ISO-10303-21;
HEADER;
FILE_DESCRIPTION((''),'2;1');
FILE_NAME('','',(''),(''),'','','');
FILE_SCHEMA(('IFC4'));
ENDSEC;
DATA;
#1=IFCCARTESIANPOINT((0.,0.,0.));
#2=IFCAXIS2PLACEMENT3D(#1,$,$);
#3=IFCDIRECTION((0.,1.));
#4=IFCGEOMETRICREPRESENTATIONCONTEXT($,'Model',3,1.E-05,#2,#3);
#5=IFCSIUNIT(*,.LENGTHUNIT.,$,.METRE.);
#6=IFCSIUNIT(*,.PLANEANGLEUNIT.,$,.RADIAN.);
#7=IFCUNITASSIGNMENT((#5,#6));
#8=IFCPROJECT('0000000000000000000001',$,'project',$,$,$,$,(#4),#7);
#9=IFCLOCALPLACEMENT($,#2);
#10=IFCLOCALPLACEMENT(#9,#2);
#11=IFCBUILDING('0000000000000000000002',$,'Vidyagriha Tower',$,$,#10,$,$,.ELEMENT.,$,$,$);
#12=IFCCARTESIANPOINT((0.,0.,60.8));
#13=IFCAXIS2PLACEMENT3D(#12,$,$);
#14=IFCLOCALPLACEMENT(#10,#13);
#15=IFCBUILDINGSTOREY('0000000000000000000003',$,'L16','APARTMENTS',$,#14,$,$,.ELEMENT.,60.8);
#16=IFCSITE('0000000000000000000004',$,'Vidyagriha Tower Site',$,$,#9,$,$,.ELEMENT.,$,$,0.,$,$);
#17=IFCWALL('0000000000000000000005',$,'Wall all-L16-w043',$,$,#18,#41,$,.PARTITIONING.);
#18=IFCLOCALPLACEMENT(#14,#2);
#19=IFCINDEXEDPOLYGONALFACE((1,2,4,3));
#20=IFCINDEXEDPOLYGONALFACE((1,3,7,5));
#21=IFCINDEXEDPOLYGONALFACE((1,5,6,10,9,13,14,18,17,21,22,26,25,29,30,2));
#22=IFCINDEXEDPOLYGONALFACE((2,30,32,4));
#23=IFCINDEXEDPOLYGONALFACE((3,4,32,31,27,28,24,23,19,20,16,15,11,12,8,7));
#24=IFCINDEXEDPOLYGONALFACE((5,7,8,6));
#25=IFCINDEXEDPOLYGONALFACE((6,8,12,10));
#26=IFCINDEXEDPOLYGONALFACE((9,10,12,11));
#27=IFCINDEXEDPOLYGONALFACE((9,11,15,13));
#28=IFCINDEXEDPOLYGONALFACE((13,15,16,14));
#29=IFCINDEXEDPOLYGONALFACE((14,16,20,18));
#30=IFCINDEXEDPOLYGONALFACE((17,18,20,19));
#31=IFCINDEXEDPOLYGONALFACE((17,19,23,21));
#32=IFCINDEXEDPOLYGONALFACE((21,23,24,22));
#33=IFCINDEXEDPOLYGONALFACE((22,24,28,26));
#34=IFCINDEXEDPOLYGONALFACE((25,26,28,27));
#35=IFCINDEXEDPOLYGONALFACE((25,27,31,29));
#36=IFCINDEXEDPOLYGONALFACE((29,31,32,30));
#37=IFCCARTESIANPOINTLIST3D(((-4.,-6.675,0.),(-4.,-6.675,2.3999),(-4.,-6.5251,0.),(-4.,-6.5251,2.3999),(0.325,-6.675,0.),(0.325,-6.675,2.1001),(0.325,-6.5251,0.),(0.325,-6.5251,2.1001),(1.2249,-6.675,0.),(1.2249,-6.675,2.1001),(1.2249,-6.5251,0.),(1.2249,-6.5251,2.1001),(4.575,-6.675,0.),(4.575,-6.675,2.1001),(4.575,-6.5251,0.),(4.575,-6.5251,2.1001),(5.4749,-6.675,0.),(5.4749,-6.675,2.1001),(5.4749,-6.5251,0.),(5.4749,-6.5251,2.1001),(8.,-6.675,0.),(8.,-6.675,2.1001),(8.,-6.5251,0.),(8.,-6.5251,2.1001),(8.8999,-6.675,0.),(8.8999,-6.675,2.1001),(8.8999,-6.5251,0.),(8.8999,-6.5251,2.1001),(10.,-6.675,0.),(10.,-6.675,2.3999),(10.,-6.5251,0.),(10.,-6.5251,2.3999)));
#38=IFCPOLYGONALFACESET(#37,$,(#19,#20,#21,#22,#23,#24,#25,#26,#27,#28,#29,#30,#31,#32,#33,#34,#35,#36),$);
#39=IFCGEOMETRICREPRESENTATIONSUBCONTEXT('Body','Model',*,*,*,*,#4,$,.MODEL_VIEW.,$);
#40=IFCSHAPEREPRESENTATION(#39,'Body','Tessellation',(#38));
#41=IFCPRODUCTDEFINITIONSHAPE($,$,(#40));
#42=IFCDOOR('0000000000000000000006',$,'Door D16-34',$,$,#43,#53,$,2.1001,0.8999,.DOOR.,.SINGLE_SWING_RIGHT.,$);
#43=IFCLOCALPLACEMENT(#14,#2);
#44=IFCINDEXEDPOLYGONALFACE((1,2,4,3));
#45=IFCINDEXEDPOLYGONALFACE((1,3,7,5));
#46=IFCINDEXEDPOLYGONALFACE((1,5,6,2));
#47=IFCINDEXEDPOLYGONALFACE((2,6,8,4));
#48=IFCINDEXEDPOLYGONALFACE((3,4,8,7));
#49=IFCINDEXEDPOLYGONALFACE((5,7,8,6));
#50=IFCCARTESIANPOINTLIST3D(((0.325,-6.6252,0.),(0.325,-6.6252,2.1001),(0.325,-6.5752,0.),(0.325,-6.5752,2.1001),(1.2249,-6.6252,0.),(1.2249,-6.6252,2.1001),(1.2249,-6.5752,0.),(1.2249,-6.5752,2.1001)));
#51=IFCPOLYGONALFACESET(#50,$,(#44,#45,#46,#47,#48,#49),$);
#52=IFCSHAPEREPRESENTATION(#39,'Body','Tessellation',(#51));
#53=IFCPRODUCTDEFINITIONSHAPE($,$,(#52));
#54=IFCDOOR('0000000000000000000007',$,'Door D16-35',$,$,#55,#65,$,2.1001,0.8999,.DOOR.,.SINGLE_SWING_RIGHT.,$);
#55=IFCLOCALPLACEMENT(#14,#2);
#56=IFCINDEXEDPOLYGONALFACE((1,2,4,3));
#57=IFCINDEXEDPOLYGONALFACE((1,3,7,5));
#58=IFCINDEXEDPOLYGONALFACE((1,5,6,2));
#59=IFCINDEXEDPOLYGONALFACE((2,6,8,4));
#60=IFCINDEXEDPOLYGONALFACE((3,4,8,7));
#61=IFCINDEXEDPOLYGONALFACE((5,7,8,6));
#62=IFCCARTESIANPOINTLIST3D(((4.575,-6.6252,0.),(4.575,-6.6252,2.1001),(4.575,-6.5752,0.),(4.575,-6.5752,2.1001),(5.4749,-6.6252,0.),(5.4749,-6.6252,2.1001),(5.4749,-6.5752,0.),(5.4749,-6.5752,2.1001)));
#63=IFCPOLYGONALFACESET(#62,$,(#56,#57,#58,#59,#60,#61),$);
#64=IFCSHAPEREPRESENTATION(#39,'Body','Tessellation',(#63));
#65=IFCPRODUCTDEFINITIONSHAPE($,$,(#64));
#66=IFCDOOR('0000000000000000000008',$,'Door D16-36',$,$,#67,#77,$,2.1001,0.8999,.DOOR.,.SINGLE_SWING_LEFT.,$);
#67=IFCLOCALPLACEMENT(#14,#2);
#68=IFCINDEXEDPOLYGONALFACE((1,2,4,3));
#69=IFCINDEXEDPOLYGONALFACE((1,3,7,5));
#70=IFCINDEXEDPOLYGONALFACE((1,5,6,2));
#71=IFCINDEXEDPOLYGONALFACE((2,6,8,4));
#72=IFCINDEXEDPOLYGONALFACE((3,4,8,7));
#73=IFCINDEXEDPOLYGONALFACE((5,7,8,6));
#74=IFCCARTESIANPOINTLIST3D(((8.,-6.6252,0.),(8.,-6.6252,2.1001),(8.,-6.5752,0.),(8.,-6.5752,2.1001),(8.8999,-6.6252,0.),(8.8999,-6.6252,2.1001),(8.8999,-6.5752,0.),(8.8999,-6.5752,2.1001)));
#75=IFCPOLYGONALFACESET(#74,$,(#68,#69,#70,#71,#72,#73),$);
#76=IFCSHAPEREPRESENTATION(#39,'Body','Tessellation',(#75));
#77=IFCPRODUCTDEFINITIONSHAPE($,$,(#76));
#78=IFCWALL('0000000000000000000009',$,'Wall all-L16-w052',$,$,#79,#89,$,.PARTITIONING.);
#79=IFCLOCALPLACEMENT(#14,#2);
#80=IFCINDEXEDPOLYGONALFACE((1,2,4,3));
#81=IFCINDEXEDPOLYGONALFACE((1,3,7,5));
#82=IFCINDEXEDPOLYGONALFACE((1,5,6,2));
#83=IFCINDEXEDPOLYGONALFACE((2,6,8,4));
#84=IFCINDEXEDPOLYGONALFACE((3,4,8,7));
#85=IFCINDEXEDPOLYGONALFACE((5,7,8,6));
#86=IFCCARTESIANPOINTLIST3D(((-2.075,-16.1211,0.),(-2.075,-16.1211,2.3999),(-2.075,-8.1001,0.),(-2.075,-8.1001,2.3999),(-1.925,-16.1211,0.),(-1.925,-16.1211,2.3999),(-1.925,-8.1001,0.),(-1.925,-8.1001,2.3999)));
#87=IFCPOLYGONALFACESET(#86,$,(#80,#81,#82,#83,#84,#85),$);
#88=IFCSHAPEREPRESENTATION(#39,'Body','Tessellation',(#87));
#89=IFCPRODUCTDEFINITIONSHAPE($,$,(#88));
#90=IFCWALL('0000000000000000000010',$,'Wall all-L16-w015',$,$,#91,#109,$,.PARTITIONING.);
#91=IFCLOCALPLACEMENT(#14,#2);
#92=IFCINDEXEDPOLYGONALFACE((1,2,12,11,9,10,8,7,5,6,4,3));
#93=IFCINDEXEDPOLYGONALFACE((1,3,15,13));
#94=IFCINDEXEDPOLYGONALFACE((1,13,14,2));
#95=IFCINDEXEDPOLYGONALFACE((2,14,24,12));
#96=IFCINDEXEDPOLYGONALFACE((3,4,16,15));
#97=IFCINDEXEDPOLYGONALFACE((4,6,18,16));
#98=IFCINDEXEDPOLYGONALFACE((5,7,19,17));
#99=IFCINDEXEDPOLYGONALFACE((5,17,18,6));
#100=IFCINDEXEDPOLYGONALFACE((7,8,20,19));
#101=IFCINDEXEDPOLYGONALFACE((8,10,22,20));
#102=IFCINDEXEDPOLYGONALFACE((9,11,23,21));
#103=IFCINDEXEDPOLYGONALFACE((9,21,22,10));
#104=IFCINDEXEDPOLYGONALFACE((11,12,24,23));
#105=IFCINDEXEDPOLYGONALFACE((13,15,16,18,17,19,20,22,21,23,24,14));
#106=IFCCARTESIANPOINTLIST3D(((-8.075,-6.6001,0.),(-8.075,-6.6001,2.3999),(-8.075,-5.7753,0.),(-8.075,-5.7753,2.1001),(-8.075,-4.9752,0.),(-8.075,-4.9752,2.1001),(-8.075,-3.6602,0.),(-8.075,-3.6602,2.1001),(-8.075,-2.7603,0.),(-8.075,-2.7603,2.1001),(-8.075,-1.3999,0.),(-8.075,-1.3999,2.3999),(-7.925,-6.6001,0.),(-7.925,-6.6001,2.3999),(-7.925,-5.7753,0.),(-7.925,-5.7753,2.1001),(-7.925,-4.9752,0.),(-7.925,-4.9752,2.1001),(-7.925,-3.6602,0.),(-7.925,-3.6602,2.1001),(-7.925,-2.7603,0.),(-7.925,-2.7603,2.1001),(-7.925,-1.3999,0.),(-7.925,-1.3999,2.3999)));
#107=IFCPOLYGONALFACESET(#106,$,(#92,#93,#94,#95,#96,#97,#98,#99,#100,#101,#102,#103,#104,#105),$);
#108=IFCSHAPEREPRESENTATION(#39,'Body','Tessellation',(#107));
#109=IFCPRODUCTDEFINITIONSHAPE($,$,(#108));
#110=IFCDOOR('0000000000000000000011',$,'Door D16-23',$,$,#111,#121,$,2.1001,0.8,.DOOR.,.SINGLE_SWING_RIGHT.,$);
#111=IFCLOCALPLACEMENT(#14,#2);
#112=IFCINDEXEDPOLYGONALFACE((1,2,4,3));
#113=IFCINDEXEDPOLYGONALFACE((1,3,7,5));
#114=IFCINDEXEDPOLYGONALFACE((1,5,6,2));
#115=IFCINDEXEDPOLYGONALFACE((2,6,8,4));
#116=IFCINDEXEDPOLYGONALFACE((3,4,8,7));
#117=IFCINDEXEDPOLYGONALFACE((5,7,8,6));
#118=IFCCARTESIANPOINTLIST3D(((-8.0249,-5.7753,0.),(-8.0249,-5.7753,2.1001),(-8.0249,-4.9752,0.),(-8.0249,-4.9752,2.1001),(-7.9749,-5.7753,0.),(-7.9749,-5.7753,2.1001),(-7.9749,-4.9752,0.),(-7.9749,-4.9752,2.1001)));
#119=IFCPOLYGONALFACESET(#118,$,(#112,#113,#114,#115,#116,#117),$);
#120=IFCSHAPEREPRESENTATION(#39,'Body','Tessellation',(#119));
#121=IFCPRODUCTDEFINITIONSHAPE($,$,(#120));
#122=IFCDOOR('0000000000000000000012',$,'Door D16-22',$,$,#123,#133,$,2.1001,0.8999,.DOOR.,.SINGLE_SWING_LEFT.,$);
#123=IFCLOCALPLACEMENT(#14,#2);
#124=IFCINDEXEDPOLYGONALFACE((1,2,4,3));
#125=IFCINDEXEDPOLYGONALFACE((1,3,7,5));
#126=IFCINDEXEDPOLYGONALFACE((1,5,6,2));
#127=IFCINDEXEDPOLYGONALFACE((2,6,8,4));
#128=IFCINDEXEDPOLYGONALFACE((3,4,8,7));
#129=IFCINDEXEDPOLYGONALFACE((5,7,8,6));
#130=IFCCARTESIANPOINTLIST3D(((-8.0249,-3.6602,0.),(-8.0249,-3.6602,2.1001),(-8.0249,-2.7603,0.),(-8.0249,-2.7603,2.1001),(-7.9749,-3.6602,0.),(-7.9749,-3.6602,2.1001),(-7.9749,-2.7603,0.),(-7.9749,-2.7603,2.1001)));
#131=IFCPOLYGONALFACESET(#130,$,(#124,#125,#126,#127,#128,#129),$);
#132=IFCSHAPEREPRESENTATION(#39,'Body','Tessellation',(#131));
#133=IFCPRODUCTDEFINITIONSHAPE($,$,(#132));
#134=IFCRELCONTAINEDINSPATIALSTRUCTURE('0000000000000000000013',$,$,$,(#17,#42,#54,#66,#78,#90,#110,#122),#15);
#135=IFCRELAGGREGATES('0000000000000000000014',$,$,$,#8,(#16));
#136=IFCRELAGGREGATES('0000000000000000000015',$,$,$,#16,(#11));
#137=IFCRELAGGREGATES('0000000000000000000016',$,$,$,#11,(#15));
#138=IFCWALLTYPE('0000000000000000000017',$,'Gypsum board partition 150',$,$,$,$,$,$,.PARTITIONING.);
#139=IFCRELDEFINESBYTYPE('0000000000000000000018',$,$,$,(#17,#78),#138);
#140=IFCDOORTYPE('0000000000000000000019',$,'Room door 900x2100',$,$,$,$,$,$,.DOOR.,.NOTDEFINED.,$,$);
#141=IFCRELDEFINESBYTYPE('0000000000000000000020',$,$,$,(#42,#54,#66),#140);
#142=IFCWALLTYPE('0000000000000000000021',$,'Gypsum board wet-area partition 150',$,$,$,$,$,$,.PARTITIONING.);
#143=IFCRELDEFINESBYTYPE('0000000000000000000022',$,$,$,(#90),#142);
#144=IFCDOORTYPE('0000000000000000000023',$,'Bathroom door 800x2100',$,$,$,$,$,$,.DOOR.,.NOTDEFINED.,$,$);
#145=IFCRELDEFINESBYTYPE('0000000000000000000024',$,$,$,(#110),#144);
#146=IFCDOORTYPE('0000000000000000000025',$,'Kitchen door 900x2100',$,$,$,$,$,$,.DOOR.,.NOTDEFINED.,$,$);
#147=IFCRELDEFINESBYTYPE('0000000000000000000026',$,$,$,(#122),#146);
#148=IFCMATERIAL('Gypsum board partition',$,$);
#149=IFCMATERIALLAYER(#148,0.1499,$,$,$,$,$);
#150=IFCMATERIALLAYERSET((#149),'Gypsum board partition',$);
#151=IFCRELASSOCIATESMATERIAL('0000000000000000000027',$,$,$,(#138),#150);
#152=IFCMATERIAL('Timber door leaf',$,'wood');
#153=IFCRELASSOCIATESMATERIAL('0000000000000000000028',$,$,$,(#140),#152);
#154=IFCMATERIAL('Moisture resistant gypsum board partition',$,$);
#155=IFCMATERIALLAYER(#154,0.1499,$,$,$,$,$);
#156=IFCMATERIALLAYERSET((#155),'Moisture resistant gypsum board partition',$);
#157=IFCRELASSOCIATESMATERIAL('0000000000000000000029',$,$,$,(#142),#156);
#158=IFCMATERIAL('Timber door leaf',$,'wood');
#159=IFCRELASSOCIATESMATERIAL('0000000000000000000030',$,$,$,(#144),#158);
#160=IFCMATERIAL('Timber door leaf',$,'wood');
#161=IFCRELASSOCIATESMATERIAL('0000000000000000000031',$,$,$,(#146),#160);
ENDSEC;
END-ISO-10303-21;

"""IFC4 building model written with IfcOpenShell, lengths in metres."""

from ifc_helpers import new_model, si_unit, direction, frame, frame_2d, origin, place, context, subcontext, project, spatial, rectangle, extrude, material, layer, layer_set, type_object, element, fill, save


model = new_model("IFC4")

# Units and contexts
model_context = context("Model", 3, precision=1e-05, world=origin(), true_north=direction((0.0, 1.0)))
body_context = subcontext(model_context, "Body", "Model", "MODEL_VIEW")
ifc_project = project(units=[si_unit("LENGTHUNIT", "METRE"), si_unit("PLANEANGLEUNIT", "RADIAN")], contexts=[model_context])

# Site, building, storey
site_placement = place(None, origin())
site = spatial("IfcSite", under=ifc_project, at=site_placement, Name="Vidyagriha Tower Site", CompositionType="ELEMENT", RefElevation=0.0)
building_placement = place(site_placement, origin())
building = spatial("IfcBuilding", under=site, at=building_placement, Name="Vidyagriha Tower", CompositionType="ELEMENT")
storey_placement = place(building_placement, frame((0.0, 0.0, 60.8)))
storey = spatial("IfcBuildingStorey", under=building, at=storey_placement, Name="L16", Description="APARTMENTS", CompositionType="ELEMENT", Elevation=60.8)

# Shared definitions
ifc_material_1 = material(Name="Gypsum board partition")
ifc_layer_1 = layer(ifc_material_1, 0.1499)
ifc_layer_set_1 = layer_set([ifc_layer_1], Name="Gypsum board partition")
wall_type_1 = type_object("IfcWallType", Name="Gypsum board partition 150", PredefinedType="PARTITIONING", material=ifc_layer_set_1)

# Shared definitions
ifc_material_2 = material(Name="Timber door leaf", Category="wood")
door_type_1 = type_object("IfcDoorType", Name="Room door 900x2100", OperationType="NOTDEFINED", PredefinedType="DOOR", material=ifc_material_2)

# Wall, openings, doors
wall_1_placement = place(storey_placement, frame((-4.0, -6.6001, 0.0)))
wall_1 = element("IfcWall", 1, at=wall_1_placement, inside=storey, type_object=wall_type_1, Name="Wall all-L16-w043", PredefinedType="PARTITIONING", context=body_context, shape_type="SweptSolid", body=[
    extrude(rectangle(XDim=14.0, YDim=0.1499, at=frame_2d((7.0, 0.0))), origin(), (0.0, 0.0, 1.0), 2.3999),
])
opening_1_placement = place(wall_1_placement, frame((4.325, 0.0, 0.0)))
opening_1 = element("IfcOpeningElement", 2, at=opening_1_placement, cuts=wall_1, PredefinedType="OPENING", context=body_context, shape_type="SweptSolid", body=[
    extrude(rectangle(XDim=0.8999, YDim=2.1001, at=frame_2d((0.45, 1.05))), frame((0.0, 0.085, 0.0), z_axis=(0.0, -1.0, 0.0), x_axis=(1.0, 0.0, 0.0)), (0.0, 0.0, 1.0), 0.1699),
])
opening_2_placement = place(wall_1_placement, frame((8.575, 0.0, 0.0)))
opening_2 = element("IfcOpeningElement", 3, at=opening_2_placement, cuts=wall_1, PredefinedType="OPENING", context=body_context, shape_type="SweptSolid", body=[
    extrude(rectangle(XDim=0.8999, YDim=2.1001, at=frame_2d((0.45, 1.05))), frame((0.0, 0.085, 0.0), z_axis=(0.0, -1.0, 0.0), x_axis=(1.0, 0.0, 0.0)), (0.0, 0.0, 1.0), 0.1699),
])
opening_3_placement = place(wall_1_placement, frame((12.0, 0.0, 0.0)))
opening_3 = element("IfcOpeningElement", 4, at=opening_3_placement, cuts=wall_1, PredefinedType="OPENING", context=body_context, shape_type="SweptSolid", body=[
    extrude(rectangle(XDim=0.8999, YDim=2.1001, at=frame_2d((0.45, 1.05))), frame((0.0, 0.085, 0.0), z_axis=(0.0, -1.0, 0.0), x_axis=(1.0, 0.0, 0.0)), (0.0, 0.0, 1.0), 0.1699),
])
door_1_placement = place(opening_1_placement, origin())
door_1 = element("IfcDoor", 5, at=door_1_placement, inside=storey, type_object=door_type_1, Name="Door D16-34", OperationType="SINGLE_SWING_RIGHT", OverallHeight=2.1001, OverallWidth=0.8999, PredefinedType="DOOR", context=body_context, shape_type="SweptSolid", body=[
    extrude(rectangle(XDim=0.8999, YDim=2.1001, at=frame_2d((0.45, 1.05))), frame((0.0, 0.0249, 0.0), z_axis=(0.0, -1.0, 0.0), x_axis=(1.0, 0.0, 0.0)), (0.0, 0.0, 1.0), 0.05),
])
fill(opening_1, door_1)
door_2_placement = place(opening_2_placement, origin())
door_2 = element("IfcDoor", 6, at=door_2_placement, inside=storey, type_object=door_type_1, Name="Door D16-35", OperationType="SINGLE_SWING_RIGHT", OverallHeight=2.1001, OverallWidth=0.8999, PredefinedType="DOOR", context=body_context, shape_type="SweptSolid", body=[
    extrude(rectangle(XDim=0.8999, YDim=2.1001, at=frame_2d((0.45, 1.05))), frame((0.0, 0.0249, 0.0), z_axis=(0.0, -1.0, 0.0), x_axis=(1.0, 0.0, 0.0)), (0.0, 0.0, 1.0), 0.05),
])
fill(opening_2, door_2)
door_3_placement = place(opening_3_placement, origin())
door_3 = element("IfcDoor", 7, at=door_3_placement, inside=storey, type_object=door_type_1, Name="Door D16-36", OperationType="SINGLE_SWING_LEFT", OverallHeight=2.1001, OverallWidth=0.8999, PredefinedType="DOOR", context=body_context, shape_type="SweptSolid", body=[
    extrude(rectangle(XDim=0.8999, YDim=2.1001, at=frame_2d((0.45, 1.05))), frame((0.0, 0.0249, 0.0), z_axis=(0.0, -1.0, 0.0), x_axis=(1.0, 0.0, 0.0)), (0.0, 0.0, 1.0), 0.05),
])
fill(opening_3, door_3)

# Wall
wall_2_placement = place(storey_placement, frame((-2.0, -8.1001, 0.0), z_axis=(0.0, 0.0, 1.0), x_axis=(0.0, -1.0, 0.0)))
element("IfcWall", 8, at=wall_2_placement, inside=storey, type_object=wall_type_1, Name="Wall all-L16-w052", PredefinedType="PARTITIONING", context=body_context, shape_type="SweptSolid", body=[
    extrude(rectangle(XDim=8.021, YDim=0.1499, at=frame_2d((4.0105, 0.0))), origin(), (0.0, 0.0, 1.0), 2.3999),
])

# Wall, openings, doors
ifc_material_3 = material(Name="Moisture resistant gypsum board partition")
ifc_layer_2 = layer(ifc_material_3, 0.1499)
ifc_layer_set_2 = layer_set([ifc_layer_2], Name="Moisture resistant gypsum board partition")
wall_type_2 = type_object("IfcWallType", Name="Gypsum board wet-area partition 150", PredefinedType="PARTITIONING", material=ifc_layer_set_2)
wall_3_placement = place(storey_placement, frame((-8.0, -6.6001, 0.0), z_axis=(0.0, 0.0, 1.0), x_axis=(0.0, 1.0, 0.0)))
wall_3 = element("IfcWall", 9, at=wall_3_placement, inside=storey, type_object=wall_type_2, Name="Wall all-L16-w015", PredefinedType="PARTITIONING", context=body_context, shape_type="SweptSolid", body=[
    extrude(rectangle(XDim=5.2002, YDim=0.1499, at=frame_2d((2.6001, 0.0))), origin(), (0.0, 0.0, 1.0), 2.3999),
])
opening_4_placement = place(wall_3_placement, frame((2.9399, 0.0, 0.0)))
opening_4 = element("IfcOpeningElement", 10, at=opening_4_placement, cuts=wall_3, PredefinedType="OPENING", context=body_context, shape_type="SweptSolid", body=[
    extrude(rectangle(XDim=0.8999, YDim=2.1001, at=frame_2d((0.45, 1.05))), frame((0.0, 0.085, 0.0), z_axis=(0.0, -1.0, 0.0), x_axis=(1.0, 0.0, 0.0)), (0.0, 0.0, 1.0), 0.1699),
])
opening_5_placement = place(wall_3_placement, frame((0.825, 0.0, 0.0)))
opening_5 = element("IfcOpeningElement", 11, at=opening_5_placement, cuts=wall_3, PredefinedType="OPENING", context=body_context, shape_type="SweptSolid", body=[
    extrude(rectangle(XDim=0.8, YDim=2.1001, at=frame_2d((0.3999, 1.05))), frame((0.0, 0.085, 0.0), z_axis=(0.0, -1.0, 0.0), x_axis=(1.0, 0.0, 0.0)), (0.0, 0.0, 1.0), 0.1699),
])
ifc_material_4 = material(Name="Timber door leaf", Category="wood")
door_type_2 = type_object("IfcDoorType", Name="Bathroom door 800x2100", OperationType="NOTDEFINED", PredefinedType="DOOR", material=ifc_material_4)
door_4_placement = place(opening_5_placement, origin())
door_4 = element("IfcDoor", 12, at=door_4_placement, inside=storey, type_object=door_type_2, Name="Door D16-23", OperationType="SINGLE_SWING_RIGHT", OverallHeight=2.1001, OverallWidth=0.8, PredefinedType="DOOR", context=body_context, shape_type="SweptSolid", body=[
    extrude(rectangle(XDim=0.8, YDim=2.1001, at=frame_2d((0.3999, 1.05))), frame((0.0, 0.0249, 0.0), z_axis=(0.0, -1.0, 0.0), x_axis=(1.0, 0.0, 0.0)), (0.0, 0.0, 1.0), 0.05),
])
fill(opening_5, door_4)
ifc_material_5 = material(Name="Timber door leaf", Category="wood")
door_type_3 = type_object("IfcDoorType", Name="Kitchen door 900x2100", OperationType="NOTDEFINED", PredefinedType="DOOR", material=ifc_material_5)
door_5_placement = place(opening_4_placement, origin())
door_5 = element("IfcDoor", 13, at=door_5_placement, inside=storey, type_object=door_type_3, Name="Door D16-22", OperationType="SINGLE_SWING_LEFT", OverallHeight=2.1001, OverallWidth=0.8999, PredefinedType="DOOR", context=body_context, shape_type="SweptSolid", body=[
    extrude(rectangle(XDim=0.8999, YDim=2.1001, at=frame_2d((0.45, 1.05))), frame((0.0, 0.0249, 0.0), z_axis=(0.0, -1.0, 0.0), x_axis=(1.0, 0.0, 0.0)), (0.0, 0.0, 1.0), 0.05),
])
fill(opening_4, door_5)

save(model, "model.ifc")
